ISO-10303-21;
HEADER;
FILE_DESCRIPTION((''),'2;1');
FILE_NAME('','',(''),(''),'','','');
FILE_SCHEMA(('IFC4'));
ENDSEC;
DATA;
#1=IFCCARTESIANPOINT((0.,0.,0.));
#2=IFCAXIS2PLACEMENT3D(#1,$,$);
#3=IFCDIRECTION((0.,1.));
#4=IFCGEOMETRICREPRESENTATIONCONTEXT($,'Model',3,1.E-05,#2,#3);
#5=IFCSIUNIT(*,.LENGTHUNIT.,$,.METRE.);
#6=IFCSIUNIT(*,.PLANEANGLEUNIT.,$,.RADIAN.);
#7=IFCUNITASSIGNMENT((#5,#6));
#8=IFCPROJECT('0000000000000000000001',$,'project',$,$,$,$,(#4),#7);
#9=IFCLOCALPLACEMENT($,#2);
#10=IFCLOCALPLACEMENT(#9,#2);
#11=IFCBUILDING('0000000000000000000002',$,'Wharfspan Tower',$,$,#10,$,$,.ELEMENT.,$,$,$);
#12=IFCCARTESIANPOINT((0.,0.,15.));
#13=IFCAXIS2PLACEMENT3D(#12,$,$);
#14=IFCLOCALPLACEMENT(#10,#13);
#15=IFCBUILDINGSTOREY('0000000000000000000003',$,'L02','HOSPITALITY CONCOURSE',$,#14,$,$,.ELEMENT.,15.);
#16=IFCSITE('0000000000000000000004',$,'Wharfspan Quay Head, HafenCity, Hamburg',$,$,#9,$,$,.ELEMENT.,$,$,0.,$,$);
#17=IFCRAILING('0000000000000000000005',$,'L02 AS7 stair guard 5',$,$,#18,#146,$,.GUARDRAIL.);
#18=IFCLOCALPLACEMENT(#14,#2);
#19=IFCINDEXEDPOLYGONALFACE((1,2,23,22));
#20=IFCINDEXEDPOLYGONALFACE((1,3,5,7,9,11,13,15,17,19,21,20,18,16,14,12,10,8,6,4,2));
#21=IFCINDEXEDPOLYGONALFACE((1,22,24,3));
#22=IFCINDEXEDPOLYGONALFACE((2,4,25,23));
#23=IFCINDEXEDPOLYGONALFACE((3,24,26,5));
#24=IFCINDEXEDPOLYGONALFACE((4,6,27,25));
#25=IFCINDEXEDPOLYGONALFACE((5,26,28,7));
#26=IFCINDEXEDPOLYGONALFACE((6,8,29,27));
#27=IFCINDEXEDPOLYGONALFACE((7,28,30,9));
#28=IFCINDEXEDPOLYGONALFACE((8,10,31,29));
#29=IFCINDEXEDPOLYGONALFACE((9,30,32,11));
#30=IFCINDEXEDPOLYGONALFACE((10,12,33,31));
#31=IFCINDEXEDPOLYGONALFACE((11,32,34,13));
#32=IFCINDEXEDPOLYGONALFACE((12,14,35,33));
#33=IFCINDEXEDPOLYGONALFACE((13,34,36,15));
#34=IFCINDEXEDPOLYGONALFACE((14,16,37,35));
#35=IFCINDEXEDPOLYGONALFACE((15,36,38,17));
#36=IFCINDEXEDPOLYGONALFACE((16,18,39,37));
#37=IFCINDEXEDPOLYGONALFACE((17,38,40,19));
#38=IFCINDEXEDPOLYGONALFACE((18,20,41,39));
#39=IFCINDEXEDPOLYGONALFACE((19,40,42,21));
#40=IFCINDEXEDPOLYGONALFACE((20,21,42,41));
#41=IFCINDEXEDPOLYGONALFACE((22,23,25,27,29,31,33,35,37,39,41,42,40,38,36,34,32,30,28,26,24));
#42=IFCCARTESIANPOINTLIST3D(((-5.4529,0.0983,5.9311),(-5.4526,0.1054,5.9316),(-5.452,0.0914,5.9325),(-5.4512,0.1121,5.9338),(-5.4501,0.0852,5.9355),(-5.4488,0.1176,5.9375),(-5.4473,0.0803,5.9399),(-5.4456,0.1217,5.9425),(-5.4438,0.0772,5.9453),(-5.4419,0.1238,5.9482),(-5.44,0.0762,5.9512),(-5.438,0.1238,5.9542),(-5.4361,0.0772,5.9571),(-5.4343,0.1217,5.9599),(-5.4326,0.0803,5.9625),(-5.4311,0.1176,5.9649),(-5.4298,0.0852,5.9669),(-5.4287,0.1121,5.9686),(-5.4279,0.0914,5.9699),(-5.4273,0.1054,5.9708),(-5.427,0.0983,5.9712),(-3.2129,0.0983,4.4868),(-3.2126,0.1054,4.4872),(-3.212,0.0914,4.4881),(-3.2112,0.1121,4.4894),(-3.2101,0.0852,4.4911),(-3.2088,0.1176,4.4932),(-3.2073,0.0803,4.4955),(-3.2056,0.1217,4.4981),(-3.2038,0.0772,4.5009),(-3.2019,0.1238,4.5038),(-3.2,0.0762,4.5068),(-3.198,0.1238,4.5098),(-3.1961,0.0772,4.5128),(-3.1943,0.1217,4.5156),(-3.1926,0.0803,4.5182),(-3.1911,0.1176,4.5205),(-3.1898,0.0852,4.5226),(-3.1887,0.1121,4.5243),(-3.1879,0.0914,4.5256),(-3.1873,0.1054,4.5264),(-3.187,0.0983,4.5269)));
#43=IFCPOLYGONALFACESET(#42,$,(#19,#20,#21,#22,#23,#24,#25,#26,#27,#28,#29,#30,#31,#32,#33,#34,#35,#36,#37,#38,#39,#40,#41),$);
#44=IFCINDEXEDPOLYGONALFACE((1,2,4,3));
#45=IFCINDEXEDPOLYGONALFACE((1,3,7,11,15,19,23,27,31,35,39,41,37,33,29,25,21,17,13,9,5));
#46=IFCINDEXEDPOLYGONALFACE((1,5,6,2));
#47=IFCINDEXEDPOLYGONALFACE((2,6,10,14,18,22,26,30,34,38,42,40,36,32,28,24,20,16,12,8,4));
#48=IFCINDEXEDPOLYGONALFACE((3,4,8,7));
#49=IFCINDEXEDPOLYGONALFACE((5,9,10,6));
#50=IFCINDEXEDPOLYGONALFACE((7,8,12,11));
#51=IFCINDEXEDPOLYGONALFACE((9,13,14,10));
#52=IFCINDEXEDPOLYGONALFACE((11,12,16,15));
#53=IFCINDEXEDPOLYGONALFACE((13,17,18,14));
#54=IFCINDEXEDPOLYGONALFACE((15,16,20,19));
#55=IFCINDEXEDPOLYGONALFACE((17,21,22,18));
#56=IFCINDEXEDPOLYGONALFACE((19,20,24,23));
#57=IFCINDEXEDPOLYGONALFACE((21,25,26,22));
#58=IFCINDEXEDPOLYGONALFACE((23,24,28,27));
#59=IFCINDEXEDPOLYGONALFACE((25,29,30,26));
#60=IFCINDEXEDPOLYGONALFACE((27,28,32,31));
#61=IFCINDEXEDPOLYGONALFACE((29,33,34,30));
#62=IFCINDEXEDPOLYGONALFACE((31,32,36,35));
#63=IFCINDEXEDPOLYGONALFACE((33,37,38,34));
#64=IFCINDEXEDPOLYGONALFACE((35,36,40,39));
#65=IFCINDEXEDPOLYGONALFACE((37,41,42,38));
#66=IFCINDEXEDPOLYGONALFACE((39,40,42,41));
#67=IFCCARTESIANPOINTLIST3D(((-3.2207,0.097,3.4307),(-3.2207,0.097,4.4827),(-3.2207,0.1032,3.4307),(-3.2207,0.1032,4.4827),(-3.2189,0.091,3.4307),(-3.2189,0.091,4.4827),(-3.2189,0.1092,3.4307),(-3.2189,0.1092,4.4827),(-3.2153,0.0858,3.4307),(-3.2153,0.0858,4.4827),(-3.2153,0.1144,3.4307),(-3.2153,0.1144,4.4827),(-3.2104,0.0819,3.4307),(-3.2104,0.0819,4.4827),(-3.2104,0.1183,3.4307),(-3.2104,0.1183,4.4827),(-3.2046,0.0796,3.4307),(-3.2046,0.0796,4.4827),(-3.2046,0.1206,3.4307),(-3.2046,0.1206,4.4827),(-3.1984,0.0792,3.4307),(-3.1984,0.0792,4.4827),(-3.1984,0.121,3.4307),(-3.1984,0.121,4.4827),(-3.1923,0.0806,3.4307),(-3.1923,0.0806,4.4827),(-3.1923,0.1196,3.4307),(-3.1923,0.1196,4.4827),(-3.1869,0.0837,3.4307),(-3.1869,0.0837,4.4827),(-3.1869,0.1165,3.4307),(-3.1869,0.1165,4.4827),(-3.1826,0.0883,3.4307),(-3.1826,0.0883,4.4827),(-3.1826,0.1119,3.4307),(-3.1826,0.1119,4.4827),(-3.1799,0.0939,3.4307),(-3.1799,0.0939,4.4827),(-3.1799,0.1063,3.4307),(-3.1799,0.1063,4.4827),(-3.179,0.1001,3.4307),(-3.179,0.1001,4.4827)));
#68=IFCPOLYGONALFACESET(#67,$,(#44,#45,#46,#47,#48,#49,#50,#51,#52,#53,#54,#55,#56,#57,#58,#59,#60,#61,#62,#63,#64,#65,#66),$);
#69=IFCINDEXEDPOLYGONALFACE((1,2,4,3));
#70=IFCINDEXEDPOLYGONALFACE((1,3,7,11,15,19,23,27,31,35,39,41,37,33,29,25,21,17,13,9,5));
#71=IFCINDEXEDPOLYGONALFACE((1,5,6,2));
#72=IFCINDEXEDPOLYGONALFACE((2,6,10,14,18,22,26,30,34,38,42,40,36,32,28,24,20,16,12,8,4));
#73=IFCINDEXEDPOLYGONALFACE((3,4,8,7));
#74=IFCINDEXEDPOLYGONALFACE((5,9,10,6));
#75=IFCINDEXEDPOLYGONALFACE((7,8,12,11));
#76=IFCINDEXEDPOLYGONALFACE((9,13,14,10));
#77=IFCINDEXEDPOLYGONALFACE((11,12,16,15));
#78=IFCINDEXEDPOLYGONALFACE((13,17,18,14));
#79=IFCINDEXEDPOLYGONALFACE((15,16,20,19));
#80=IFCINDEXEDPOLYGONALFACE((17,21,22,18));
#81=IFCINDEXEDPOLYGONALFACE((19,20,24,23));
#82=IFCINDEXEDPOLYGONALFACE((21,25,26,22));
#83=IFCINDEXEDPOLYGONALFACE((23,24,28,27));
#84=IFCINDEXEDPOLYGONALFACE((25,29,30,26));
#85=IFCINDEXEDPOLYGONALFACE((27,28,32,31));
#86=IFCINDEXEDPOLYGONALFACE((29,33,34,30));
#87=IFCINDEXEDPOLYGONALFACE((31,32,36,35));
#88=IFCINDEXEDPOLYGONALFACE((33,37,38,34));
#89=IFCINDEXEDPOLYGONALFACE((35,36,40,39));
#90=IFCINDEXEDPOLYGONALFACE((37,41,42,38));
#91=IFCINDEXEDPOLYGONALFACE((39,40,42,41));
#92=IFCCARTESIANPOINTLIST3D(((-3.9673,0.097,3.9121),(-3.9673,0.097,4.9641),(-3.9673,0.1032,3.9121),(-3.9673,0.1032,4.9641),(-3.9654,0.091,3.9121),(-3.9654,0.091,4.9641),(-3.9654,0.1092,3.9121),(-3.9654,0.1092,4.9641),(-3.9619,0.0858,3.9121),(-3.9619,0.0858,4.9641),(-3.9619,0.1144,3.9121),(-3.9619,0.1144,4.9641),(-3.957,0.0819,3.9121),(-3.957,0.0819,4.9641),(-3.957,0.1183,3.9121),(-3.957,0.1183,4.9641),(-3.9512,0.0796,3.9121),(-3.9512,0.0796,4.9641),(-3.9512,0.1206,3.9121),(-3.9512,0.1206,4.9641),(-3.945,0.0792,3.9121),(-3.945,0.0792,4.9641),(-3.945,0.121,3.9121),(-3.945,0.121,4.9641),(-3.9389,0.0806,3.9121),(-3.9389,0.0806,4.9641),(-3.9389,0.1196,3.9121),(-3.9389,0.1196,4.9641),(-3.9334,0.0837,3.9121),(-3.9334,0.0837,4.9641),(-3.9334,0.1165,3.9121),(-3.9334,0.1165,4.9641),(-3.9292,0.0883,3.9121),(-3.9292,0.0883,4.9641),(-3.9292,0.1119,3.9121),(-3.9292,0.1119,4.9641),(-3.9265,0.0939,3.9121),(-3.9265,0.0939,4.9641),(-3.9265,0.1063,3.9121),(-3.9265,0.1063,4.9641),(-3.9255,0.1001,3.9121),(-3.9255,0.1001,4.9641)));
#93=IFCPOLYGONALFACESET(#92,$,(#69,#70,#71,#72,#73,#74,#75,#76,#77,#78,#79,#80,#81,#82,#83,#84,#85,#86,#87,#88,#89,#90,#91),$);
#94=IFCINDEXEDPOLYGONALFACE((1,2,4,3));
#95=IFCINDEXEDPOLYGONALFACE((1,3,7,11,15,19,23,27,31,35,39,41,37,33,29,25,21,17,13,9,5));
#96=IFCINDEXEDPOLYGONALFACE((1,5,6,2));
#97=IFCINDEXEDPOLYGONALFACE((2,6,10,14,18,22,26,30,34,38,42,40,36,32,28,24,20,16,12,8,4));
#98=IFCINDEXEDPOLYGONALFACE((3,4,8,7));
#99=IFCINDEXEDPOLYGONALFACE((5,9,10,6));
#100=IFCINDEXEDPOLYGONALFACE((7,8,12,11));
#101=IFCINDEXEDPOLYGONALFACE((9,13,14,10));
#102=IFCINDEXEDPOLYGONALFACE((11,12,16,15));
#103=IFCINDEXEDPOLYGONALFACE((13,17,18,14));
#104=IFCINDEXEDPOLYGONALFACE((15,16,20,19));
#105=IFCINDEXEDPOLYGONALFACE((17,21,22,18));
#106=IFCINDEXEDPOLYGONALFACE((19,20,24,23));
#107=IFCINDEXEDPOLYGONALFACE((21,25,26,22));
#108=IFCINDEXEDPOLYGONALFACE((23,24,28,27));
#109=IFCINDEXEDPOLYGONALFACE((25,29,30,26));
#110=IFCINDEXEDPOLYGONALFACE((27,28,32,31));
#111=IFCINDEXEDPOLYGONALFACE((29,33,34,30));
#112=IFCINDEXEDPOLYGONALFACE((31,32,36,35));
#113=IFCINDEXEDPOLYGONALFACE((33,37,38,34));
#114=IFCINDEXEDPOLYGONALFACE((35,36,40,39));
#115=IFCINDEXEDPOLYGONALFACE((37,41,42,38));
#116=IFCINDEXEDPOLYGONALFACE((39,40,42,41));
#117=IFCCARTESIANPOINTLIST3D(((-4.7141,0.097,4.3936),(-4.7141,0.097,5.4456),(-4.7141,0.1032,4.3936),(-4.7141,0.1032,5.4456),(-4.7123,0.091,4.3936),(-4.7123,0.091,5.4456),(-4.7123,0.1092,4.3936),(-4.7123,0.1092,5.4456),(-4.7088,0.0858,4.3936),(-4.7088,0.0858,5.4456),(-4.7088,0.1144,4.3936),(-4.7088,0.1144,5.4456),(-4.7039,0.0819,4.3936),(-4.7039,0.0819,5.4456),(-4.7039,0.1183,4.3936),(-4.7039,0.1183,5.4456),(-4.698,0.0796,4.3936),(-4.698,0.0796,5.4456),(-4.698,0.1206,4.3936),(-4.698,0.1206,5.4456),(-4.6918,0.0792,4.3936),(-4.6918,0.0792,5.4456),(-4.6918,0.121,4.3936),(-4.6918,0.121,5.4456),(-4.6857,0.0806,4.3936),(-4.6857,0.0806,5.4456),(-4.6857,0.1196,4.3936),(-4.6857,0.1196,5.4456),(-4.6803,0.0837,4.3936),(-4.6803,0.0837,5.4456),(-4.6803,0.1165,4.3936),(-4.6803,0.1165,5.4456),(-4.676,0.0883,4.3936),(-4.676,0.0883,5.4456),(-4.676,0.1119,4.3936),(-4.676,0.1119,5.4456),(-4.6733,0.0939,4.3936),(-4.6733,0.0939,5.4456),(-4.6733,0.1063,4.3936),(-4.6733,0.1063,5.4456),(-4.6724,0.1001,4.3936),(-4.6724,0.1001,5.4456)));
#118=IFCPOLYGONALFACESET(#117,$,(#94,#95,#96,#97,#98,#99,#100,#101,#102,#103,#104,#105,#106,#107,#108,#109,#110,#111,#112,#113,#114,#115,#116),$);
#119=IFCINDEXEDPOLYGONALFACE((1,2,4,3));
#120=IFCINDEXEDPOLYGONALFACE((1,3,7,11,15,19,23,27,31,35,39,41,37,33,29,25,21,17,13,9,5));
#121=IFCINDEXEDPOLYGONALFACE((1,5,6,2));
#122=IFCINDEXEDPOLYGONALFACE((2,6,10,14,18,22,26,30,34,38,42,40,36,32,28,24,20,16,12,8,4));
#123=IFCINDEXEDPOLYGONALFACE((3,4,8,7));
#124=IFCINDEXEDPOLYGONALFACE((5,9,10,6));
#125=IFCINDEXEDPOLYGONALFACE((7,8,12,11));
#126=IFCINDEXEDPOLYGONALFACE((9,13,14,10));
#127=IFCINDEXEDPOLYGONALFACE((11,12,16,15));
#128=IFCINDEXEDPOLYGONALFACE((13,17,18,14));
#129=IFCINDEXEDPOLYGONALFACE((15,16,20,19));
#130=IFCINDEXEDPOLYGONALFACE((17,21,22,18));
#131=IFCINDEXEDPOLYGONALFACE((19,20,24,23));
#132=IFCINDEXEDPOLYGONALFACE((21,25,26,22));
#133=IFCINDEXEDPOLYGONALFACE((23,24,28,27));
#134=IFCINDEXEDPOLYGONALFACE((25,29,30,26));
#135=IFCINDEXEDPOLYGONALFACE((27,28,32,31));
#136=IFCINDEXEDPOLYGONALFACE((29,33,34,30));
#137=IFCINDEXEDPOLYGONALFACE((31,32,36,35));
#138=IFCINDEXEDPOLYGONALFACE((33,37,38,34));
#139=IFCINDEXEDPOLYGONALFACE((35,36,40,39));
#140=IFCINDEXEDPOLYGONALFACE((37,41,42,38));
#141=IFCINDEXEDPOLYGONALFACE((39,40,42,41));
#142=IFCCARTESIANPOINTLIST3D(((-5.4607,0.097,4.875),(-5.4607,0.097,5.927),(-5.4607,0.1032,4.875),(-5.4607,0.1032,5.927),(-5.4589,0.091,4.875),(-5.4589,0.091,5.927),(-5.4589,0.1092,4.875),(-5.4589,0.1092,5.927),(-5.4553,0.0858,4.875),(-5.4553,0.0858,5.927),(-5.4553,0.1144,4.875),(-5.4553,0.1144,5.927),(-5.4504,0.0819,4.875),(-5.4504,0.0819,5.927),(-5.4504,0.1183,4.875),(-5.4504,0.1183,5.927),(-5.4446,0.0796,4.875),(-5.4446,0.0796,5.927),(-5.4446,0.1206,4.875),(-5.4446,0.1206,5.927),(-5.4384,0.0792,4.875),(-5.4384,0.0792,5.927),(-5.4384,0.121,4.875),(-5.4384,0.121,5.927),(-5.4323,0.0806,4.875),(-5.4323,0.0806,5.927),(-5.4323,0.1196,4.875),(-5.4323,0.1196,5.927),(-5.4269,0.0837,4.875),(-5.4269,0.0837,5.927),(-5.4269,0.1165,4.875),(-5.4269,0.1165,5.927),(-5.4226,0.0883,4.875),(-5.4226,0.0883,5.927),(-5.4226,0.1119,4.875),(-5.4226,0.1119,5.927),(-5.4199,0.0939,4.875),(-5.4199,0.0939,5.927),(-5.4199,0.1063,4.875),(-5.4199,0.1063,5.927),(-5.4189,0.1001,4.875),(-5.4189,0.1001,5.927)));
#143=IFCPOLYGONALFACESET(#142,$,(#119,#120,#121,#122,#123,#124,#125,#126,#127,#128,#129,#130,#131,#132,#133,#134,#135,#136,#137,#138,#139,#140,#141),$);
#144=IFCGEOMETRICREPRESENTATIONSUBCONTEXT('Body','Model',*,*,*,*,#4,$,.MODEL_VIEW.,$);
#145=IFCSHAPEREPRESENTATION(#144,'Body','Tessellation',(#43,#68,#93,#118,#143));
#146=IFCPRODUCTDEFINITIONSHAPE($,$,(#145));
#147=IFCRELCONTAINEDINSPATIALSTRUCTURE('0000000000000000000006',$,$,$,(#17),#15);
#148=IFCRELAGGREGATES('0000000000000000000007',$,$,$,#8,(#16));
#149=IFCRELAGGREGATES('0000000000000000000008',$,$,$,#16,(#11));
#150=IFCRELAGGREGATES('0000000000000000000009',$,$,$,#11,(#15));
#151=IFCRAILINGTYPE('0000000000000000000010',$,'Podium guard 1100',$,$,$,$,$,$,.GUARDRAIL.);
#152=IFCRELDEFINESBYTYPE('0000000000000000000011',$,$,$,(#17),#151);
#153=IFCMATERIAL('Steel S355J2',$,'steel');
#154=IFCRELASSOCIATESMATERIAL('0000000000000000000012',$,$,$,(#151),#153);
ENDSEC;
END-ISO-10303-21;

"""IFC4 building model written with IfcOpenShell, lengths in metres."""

from ifc_helpers import new_model, si_unit, direction, frame, origin, origin_2d, place, context, subcontext, project, spatial, circle, extrude, material, type_object, element, save


model = new_model("IFC4")

# Units and contexts
model_context = context("Model", 3, precision=1e-05, world=origin(), true_north=direction((0.0, 1.0)))
body_context = subcontext(model_context, "Body", "Model", "MODEL_VIEW")
ifc_project = project(units=[si_unit("LENGTHUNIT", "METRE"), si_unit("PLANEANGLEUNIT", "RADIAN")], contexts=[model_context])

# Site, building, storey
site_placement = place(None, origin())
site = spatial("IfcSite", under=ifc_project, at=site_placement, Name="Wharfspan Quay Head, HafenCity, Hamburg", CompositionType="ELEMENT", RefElevation=0.0)
building_placement = place(site_placement, origin())
building = spatial("IfcBuilding", under=site, at=building_placement, Name="Wharfspan Tower", CompositionType="ELEMENT")
storey_placement = place(building_placement, frame((0.0, 0.0, 15.0)))
storey = spatial("IfcBuildingStorey", under=building, at=storey_placement, Name="L02", Description="HOSPITALITY CONCOURSE", CompositionType="ELEMENT", Elevation=15.0)

# Railing
ifc_material_1 = material(Name="Steel S355J2", Category="steel")
railing_type_1 = type_object("IfcRailingType", Name="Podium guard 1100", PredefinedType="GUARDRAIL", material=ifc_material_1)
railing_1_placement = place(storey_placement, frame((-3.2, 0.1001, 3.4307)))
element("IfcRailing", 1, at=railing_1_placement, inside=storey, type_object=railing_type_1, Name="L02 AS7 stair guard 5", PredefinedType="GUARDRAIL", context=body_context, shape_type="SweptSolid", body=[
    extrude(circle(Radius=0.0239, at=origin_2d()), frame((0.0, 0.0, 1.0762), z_axis=(-0.840437, 0.0, 0.54191), x_axis=(0.0, -1.0, 0.0)), (0.0, 0.0, 1.0), 2.6653),
    extrude(circle(Radius=0.021, at=origin_2d()), origin(), (0.0, 0.0, 1.0), 1.052),
    extrude(circle(Radius=0.021, at=origin_2d()), frame((-0.7466, 0.0, 0.4814)), (0.0, 0.0, 1.0), 1.052),
    extrude(circle(Radius=0.021, at=origin_2d()), frame((-1.4934, 0.0, 0.9629)), (0.0, 0.0, 1.0), 1.052),
    extrude(circle(Radius=0.021, at=origin_2d()), frame((-2.24, 0.0, 1.4443)), (0.0, 0.0, 1.0), 1.052),
])

save(model, "model.ifc")
